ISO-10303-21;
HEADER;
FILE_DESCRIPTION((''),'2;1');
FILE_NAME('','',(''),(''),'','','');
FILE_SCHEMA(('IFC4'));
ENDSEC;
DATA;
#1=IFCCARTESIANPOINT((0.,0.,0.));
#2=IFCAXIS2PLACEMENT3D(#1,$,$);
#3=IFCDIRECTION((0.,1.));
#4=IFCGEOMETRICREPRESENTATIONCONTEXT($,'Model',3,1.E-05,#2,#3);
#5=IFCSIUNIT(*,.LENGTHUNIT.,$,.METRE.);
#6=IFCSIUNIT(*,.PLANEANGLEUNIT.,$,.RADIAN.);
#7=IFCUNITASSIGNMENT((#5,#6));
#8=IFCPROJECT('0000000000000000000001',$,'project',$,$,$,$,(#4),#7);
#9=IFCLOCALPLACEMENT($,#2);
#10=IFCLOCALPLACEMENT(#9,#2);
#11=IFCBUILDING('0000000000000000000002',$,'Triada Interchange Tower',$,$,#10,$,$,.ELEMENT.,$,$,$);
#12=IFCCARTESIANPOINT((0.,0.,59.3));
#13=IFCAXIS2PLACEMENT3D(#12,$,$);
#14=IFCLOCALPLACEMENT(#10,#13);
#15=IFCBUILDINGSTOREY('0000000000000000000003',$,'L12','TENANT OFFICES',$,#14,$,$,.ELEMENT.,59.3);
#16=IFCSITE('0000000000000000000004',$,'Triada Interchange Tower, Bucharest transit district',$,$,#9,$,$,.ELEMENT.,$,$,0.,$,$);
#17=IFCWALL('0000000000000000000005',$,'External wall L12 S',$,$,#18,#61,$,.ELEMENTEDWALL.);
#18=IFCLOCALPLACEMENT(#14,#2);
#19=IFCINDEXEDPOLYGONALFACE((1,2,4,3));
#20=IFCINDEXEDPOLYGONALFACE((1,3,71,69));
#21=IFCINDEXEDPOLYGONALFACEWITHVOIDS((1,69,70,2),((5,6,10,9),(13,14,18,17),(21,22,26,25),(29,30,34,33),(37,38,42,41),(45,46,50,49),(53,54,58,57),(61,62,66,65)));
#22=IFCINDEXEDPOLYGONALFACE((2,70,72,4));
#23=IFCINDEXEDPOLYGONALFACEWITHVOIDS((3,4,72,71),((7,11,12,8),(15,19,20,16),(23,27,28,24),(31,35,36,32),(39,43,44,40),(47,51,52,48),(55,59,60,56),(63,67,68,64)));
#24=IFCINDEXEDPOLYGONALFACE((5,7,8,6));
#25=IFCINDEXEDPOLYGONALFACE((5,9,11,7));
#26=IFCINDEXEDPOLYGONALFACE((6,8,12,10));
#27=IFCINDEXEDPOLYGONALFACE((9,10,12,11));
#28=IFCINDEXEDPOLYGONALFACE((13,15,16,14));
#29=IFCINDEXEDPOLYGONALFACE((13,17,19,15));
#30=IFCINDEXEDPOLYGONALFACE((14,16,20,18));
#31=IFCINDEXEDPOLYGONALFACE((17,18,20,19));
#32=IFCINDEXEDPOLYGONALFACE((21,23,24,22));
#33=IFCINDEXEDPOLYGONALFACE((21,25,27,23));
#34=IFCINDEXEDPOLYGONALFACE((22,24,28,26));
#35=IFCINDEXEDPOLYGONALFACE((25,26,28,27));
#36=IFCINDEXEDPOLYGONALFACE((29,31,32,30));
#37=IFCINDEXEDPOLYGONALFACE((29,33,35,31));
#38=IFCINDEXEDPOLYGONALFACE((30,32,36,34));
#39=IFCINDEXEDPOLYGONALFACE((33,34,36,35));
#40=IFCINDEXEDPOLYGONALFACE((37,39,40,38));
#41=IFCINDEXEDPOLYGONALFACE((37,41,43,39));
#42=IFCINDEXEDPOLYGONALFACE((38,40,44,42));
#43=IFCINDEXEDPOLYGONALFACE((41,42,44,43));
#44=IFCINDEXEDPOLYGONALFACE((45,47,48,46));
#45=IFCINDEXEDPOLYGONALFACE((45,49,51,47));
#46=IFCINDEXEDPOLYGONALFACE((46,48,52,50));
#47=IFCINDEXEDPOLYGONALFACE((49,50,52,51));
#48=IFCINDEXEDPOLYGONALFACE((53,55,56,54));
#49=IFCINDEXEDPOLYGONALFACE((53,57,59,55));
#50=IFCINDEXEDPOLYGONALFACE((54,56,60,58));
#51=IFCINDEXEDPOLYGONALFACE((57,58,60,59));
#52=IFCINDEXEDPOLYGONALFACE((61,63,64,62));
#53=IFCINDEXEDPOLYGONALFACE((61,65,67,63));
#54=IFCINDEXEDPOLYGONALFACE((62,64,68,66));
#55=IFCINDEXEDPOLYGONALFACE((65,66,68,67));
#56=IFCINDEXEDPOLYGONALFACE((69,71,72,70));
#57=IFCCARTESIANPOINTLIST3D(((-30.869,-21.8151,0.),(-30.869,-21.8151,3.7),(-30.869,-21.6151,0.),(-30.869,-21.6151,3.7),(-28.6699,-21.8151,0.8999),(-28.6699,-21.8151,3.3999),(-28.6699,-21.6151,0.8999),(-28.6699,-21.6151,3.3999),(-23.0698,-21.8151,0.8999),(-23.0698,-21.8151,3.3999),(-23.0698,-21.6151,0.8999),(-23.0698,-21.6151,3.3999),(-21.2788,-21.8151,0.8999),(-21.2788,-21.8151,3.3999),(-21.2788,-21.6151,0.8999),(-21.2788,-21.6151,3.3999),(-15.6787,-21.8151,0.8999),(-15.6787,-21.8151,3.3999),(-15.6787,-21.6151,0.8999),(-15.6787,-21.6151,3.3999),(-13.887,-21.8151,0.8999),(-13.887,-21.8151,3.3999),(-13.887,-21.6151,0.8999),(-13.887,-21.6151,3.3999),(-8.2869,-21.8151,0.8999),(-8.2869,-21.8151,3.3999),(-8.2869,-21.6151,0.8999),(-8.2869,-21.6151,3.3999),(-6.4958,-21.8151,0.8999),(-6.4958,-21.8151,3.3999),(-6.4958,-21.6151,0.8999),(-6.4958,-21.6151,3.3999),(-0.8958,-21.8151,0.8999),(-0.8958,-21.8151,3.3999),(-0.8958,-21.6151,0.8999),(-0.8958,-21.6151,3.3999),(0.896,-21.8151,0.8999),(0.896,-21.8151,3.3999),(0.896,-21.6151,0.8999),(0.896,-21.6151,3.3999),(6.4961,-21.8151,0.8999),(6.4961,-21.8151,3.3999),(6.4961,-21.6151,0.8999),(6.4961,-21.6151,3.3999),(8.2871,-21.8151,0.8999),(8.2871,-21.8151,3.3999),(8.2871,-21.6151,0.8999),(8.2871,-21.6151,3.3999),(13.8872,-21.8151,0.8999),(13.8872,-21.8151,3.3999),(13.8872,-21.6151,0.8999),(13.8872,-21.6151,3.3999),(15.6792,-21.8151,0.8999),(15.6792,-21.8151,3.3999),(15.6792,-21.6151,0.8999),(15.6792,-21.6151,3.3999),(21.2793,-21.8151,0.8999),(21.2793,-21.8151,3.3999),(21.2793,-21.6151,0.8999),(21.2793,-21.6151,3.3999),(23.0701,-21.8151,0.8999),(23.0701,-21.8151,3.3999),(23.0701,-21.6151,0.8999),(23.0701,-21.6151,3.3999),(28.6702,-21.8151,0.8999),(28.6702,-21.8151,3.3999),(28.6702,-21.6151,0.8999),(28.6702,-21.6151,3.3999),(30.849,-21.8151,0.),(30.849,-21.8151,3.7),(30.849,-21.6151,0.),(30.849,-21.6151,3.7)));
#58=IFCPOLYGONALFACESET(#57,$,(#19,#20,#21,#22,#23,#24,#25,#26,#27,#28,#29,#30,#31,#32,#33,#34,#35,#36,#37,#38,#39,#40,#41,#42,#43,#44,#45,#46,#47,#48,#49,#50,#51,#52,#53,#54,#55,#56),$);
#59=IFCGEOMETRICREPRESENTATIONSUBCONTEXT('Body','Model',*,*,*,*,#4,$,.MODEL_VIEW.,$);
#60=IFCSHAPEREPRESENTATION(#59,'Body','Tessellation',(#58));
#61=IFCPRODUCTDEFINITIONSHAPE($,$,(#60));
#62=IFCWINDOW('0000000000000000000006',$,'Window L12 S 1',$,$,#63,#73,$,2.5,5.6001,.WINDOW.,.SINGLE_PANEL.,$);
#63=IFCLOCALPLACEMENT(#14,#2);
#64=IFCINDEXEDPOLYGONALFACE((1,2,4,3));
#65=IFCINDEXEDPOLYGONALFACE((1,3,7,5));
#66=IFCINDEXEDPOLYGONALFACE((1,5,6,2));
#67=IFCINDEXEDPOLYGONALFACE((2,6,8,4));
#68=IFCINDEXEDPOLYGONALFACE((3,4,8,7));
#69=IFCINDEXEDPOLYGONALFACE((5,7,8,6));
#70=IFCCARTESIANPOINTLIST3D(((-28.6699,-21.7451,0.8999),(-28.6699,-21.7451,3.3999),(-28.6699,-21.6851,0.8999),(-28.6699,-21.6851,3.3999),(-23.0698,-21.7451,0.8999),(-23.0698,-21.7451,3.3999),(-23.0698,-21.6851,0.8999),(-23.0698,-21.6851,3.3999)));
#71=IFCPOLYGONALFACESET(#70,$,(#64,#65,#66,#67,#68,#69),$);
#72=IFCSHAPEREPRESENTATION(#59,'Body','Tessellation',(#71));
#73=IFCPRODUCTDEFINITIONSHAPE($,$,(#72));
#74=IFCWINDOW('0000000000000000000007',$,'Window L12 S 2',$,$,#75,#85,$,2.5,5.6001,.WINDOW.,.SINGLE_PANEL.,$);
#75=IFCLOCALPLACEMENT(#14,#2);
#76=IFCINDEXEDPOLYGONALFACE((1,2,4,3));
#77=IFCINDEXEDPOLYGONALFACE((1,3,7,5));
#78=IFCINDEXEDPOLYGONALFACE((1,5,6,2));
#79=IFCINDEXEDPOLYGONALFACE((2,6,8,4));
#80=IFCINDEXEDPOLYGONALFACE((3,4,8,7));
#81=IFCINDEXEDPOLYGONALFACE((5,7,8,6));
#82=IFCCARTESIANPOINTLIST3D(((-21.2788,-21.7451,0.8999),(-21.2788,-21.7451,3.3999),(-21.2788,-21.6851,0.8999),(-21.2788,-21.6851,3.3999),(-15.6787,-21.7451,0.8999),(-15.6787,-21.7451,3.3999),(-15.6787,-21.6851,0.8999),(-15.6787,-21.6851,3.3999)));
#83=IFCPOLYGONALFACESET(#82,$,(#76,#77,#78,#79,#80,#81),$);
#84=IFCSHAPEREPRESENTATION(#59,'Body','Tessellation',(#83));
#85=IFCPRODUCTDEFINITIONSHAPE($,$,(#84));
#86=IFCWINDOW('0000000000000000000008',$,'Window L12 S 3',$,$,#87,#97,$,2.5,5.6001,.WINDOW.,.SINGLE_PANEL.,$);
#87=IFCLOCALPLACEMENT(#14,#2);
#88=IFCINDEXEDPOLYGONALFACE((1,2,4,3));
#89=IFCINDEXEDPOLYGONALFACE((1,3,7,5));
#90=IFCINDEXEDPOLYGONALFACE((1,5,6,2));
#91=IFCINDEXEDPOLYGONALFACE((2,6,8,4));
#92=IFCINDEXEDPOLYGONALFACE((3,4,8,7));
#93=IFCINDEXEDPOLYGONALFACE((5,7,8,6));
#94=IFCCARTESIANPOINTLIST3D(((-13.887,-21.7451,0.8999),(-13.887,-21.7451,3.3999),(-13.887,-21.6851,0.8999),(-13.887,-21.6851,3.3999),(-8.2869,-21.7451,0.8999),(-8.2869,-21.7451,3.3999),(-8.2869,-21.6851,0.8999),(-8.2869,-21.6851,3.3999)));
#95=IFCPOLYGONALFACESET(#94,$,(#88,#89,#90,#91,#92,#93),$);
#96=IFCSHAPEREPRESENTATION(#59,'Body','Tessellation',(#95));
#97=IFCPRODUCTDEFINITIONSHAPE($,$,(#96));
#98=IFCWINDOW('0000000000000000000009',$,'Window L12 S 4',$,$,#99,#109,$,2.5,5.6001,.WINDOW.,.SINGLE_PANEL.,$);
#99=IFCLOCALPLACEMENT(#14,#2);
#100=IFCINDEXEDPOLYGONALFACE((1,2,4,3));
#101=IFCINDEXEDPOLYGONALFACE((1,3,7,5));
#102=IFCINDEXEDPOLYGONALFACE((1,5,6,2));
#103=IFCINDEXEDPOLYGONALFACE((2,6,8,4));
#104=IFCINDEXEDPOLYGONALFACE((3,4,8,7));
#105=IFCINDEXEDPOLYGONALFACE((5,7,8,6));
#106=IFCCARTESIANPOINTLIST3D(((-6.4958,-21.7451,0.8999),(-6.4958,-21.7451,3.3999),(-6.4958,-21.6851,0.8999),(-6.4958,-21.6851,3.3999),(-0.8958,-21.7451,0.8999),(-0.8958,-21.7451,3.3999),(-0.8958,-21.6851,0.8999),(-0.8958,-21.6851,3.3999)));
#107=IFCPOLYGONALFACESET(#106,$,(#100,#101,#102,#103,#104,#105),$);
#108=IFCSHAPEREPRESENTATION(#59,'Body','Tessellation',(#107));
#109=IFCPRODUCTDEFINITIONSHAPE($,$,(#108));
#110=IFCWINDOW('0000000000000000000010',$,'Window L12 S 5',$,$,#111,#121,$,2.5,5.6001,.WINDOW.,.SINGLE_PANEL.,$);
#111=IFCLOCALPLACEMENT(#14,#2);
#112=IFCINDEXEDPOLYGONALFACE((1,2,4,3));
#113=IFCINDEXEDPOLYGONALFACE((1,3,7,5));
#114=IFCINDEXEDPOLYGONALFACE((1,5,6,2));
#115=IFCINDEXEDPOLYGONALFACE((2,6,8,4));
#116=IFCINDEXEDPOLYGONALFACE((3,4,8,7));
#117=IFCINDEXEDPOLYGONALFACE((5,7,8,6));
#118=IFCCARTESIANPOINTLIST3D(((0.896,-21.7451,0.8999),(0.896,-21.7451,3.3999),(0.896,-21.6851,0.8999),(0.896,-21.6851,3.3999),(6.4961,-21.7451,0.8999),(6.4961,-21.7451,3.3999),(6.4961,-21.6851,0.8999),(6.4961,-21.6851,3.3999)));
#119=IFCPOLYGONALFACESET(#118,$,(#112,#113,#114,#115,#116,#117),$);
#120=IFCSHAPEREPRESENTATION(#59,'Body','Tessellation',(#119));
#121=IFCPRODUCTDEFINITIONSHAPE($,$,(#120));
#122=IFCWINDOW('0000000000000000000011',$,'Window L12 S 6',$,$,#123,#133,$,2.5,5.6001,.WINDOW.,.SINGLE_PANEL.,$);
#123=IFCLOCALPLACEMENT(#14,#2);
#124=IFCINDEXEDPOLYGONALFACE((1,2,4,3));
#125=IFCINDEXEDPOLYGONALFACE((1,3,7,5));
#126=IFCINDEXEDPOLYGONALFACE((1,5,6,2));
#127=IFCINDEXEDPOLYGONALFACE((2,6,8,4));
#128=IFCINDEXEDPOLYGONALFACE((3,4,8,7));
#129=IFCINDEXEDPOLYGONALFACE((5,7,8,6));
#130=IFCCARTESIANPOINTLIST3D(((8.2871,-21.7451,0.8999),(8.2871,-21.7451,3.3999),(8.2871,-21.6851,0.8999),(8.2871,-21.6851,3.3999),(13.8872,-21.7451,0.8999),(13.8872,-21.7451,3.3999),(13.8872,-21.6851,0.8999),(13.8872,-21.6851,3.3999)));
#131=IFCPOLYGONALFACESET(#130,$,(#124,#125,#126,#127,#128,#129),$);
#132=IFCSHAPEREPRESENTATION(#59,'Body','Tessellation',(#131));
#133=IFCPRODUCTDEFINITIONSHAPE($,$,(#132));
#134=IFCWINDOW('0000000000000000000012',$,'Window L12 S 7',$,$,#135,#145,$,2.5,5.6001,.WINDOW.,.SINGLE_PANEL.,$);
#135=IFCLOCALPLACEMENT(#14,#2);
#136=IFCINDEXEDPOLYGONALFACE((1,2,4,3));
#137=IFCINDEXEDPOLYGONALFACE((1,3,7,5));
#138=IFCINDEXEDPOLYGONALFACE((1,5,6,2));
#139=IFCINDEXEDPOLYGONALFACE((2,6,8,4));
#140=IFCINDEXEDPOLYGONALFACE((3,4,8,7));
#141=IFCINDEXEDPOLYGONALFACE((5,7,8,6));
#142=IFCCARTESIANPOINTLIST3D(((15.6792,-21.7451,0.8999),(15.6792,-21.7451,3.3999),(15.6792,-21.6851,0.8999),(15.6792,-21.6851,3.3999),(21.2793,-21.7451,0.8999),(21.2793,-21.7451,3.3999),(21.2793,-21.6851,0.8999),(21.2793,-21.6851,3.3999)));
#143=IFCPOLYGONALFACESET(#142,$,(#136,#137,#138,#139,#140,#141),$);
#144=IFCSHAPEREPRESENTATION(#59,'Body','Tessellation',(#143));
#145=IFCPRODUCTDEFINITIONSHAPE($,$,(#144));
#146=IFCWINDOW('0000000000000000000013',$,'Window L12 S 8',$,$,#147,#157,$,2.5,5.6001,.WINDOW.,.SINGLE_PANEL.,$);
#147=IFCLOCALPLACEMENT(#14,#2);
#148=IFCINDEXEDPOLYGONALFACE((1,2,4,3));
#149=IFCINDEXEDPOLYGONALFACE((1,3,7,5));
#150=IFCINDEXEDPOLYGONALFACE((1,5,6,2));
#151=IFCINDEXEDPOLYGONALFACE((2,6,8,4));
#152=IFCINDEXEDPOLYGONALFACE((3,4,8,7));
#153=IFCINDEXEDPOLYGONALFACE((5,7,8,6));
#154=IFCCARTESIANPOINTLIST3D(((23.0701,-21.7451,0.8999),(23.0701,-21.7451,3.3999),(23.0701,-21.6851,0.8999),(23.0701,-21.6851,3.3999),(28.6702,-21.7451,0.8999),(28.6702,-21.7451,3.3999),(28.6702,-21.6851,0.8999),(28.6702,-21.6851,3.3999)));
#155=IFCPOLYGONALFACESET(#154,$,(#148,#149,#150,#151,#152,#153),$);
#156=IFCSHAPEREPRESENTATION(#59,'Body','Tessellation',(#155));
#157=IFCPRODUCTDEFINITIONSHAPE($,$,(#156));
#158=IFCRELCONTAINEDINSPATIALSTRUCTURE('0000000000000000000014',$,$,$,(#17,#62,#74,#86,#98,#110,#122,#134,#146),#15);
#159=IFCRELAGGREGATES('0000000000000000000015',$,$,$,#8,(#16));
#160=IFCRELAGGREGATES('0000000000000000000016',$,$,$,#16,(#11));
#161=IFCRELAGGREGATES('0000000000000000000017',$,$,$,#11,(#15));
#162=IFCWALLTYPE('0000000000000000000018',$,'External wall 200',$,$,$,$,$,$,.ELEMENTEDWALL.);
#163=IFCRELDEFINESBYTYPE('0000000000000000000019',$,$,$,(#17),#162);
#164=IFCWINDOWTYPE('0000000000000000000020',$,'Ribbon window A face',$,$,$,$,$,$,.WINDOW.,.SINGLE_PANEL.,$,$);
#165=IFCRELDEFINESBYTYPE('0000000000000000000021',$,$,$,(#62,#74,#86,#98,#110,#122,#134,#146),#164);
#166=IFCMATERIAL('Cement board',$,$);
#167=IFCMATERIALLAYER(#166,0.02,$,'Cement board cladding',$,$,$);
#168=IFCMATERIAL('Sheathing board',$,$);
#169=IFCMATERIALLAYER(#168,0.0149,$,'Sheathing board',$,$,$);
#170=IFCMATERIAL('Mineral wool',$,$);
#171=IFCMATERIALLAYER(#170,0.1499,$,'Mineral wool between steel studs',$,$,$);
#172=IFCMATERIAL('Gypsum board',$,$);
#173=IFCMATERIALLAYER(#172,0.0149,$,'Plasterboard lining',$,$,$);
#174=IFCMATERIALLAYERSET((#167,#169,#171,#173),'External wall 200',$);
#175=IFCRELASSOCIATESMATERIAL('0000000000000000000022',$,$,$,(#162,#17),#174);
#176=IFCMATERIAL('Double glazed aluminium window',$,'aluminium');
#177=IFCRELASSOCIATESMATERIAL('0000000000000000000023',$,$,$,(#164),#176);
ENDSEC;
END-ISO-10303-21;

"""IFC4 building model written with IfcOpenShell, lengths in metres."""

from ifc_helpers import new_model, si_unit, direction, frame, frame_2d, origin, place, context, subcontext, project, spatial, rectangle, extrude, material, layer, layer_set, layer_usage, type_object, element, fill, save


model = new_model("IFC4")

# Units and contexts
model_context = context("Model", 3, precision=1e-05, world=origin(), true_north=direction((0.0, 1.0)))
body_context = subcontext(model_context, "Body", "Model", "MODEL_VIEW")
ifc_project = project(units=[si_unit("LENGTHUNIT", "METRE"), si_unit("PLANEANGLEUNIT", "RADIAN")], contexts=[model_context])

# Site, building, storey
site_placement = place(None, origin())
site = spatial("IfcSite", under=ifc_project, at=site_placement, Name="Triada Interchange Tower, Bucharest transit district", CompositionType="ELEMENT", RefElevation=0.0)
building_placement = place(site_placement, origin())
building = spatial("IfcBuilding", under=site, at=building_placement, Name="Triada Interchange Tower", CompositionType="ELEMENT")
storey_placement = place(building_placement, frame((0.0, 0.0, 59.3)))
storey = spatial("IfcBuildingStorey", under=building, at=storey_placement, Name="L12", Description="TENANT OFFICES", CompositionType="ELEMENT", Elevation=59.3)

# Shared definitions
ifc_material_1 = material(Name="Cement board")
ifc_layer_1 = layer(ifc_material_1, 0.02, Name="Cement board cladding")
ifc_material_2 = material(Name="Sheathing board")
ifc_layer_2 = layer(ifc_material_2, 0.0149, Name="Sheathing board")
ifc_material_3 = material(Name="Mineral wool")
ifc_layer_3 = layer(ifc_material_3, 0.1499, Name="Mineral wool between steel studs")
ifc_material_4 = material(Name="Gypsum board")
ifc_layer_4 = layer(ifc_material_4, 0.0149, Name="Plasterboard lining")
ifc_layer_set_1 = layer_set([ifc_layer_1, ifc_layer_2, ifc_layer_3, ifc_layer_4], Name="External wall 200")
ifc_layer_usage = layer_usage(ifc_layer_set_1, "AXIS2", "POSITIVE", -0.1001)
wall_type_1 = type_object("IfcWallType", Name="External wall 200", PredefinedType="ELEMENTEDWALL", material=ifc_layer_set_1)
ifc_material_5 = material(Name="Double glazed aluminium window", Category="aluminium")

# Wall, openings, windows
wall_1_placement = place(storey_placement, frame((-30.8689, -21.7151, 0.0), z_axis=(0.0, 0.0, 1.0), x_axis=(1.0, 0.0, 0.0)))
wall_1 = element("IfcWall", 1, at=wall_1_placement, inside=storey, type_object=wall_type_1, material=ifc_layer_usage, Name="External wall L12 S", PredefinedType="ELEMENTEDWALL", context=body_context, shape_type="SweptSolid", body=[
    extrude(rectangle(XDim=61.718, YDim=0.2, at=frame_2d((30.8589, 0.0))), origin(), (0.0, 0.0, 1.0), 3.7),
])
opening_1_placement = place(wall_1_placement, frame((2.199, 0.0, 0.8999)))
opening_1 = element("IfcOpeningElement", 2, at=opening_1_placement, cuts=wall_1, PredefinedType="OPENING", context=body_context, shape_type="SweptSolid", body=[
    extrude(rectangle(XDim=5.6001, YDim=2.5, at=frame_2d((2.8, 1.25))), frame((0.0, 0.1099, 0.0), z_axis=(0.0, -1.0, 0.0), x_axis=(1.0, 0.0, 0.0)), (0.0, 0.0, 1.0), 0.22),
])
opening_2_placement = place(wall_1_placement, frame((9.5901, 0.0, 0.8999)))
opening_2 = element("IfcOpeningElement", 3, at=opening_2_placement, cuts=wall_1, PredefinedType="OPENING", context=body_context, shape_type="SweptSolid", body=[
    extrude(rectangle(XDim=5.6001, YDim=2.5, at=frame_2d((2.8, 1.25))), frame((0.0, 0.1099, 0.0), z_axis=(0.0, -1.0, 0.0), x_axis=(1.0, 0.0, 0.0)), (0.0, 0.0, 1.0), 0.22),
])
opening_3_placement = place(wall_1_placement, frame((16.9819, 0.0, 0.8999)))
opening_3 = element("IfcOpeningElement", 4, at=opening_3_placement, cuts=wall_1, PredefinedType="OPENING", context=body_context, shape_type="SweptSolid", body=[
    extrude(rectangle(XDim=5.6001, YDim=2.5, at=frame_2d((2.8, 1.25))), frame((0.0, 0.1099, 0.0), z_axis=(0.0, -1.0, 0.0), x_axis=(1.0, 0.0, 0.0)), (0.0, 0.0, 1.0), 0.22),
])
opening_4_placement = place(wall_1_placement, frame((24.373, 0.0, 0.8999)))
opening_4 = element("IfcOpeningElement", 5, at=opening_4_placement, cuts=wall_1, PredefinedType="OPENING", context=body_context, shape_type="SweptSolid", body=[
    extrude(rectangle(XDim=5.6001, YDim=2.5, at=frame_2d((2.8, 1.25))), frame((0.0, 0.1099, 0.0), z_axis=(0.0, -1.0, 0.0), x_axis=(1.0, 0.0, 0.0)), (0.0, 0.0, 1.0), 0.22),
])
opening_5_placement = place(wall_1_placement, frame((31.7649, 0.0, 0.8999)))
opening_5 = element("IfcOpeningElement", 6, at=opening_5_placement, cuts=wall_1, PredefinedType="OPENING", context=body_context, shape_type="SweptSolid", body=[
    extrude(rectangle(XDim=5.6001, YDim=2.5, at=frame_2d((2.8, 1.25))), frame((0.0, 0.1099, 0.0), z_axis=(0.0, -1.0, 0.0), x_axis=(1.0, 0.0, 0.0)), (0.0, 0.0, 1.0), 0.22),
])
opening_6_placement = place(wall_1_placement, frame((39.156, 0.0, 0.8999)))
opening_6 = element("IfcOpeningElement", 7, at=opening_6_placement, cuts=wall_1, PredefinedType="OPENING", context=body_context, shape_type="SweptSolid", body=[
    extrude(rectangle(XDim=5.6001, YDim=2.5, at=frame_2d((2.8, 1.25))), frame((0.0, 0.1099, 0.0), z_axis=(0.0, -1.0, 0.0), x_axis=(1.0, 0.0, 0.0)), (0.0, 0.0, 1.0), 0.22),
])
opening_7_placement = place(wall_1_placement, frame((46.5481, 0.0, 0.8999)))
opening_7 = element("IfcOpeningElement", 8, at=opening_7_placement, cuts=wall_1, PredefinedType="OPENING", context=body_context, shape_type="SweptSolid", body=[
    extrude(rectangle(XDim=5.6001, YDim=2.5, at=frame_2d((2.8, 1.25))), frame((0.0, 0.1099, 0.0), z_axis=(0.0, -1.0, 0.0), x_axis=(1.0, 0.0, 0.0)), (0.0, 0.0, 1.0), 0.22),
])
opening_8_placement = place(wall_1_placement, frame((53.939, 0.0, 0.8999)))
opening_8 = element("IfcOpeningElement", 9, at=opening_8_placement, cuts=wall_1, PredefinedType="OPENING", context=body_context, shape_type="SweptSolid", body=[
    extrude(rectangle(XDim=5.6001, YDim=2.5, at=frame_2d((2.8, 1.25))), frame((0.0, 0.1099, 0.0), z_axis=(0.0, -1.0, 0.0), x_axis=(1.0, 0.0, 0.0)), (0.0, 0.0, 1.0), 0.22),
])
window_type_1 = type_object("IfcWindowType", Name="Ribbon window A face", PartitioningType="SINGLE_PANEL", PredefinedType="WINDOW", material=ifc_material_5)
window_1_placement = place(opening_1_placement, origin())
window_1 = element("IfcWindow", 10, at=window_1_placement, inside=storey, type_object=window_type_1, Name="Window L12 S 1", OverallHeight=2.5, OverallWidth=5.6001, PartitioningType="SINGLE_PANEL", PredefinedType="WINDOW", context=body_context, shape_type="SweptSolid", body=[
    extrude(rectangle(XDim=5.6001, YDim=2.5, at=frame_2d((2.8, 1.25))), frame((0.0, 0.03, 0.0), z_axis=(0.0, -1.0, 0.0), x_axis=(1.0, 0.0, 0.0)), (0.0, 0.0, 1.0), 0.0601),
])
fill(opening_1, window_1)
window_2_placement = place(opening_2_placement, origin())
window_2 = element("IfcWindow", 11, at=window_2_placement, inside=storey, type_object=window_type_1, Name="Window L12 S 2", OverallHeight=2.5, OverallWidth=5.6001, PartitioningType="SINGLE_PANEL", PredefinedType="WINDOW", context=body_context, shape_type="SweptSolid", body=[
    extrude(rectangle(XDim=5.6001, YDim=2.5, at=frame_2d((2.8, 1.25))), frame((0.0, 0.03, 0.0), z_axis=(0.0, -1.0, 0.0), x_axis=(1.0, 0.0, 0.0)), (0.0, 0.0, 1.0), 0.0601),
])
fill(opening_2, window_2)
window_3_placement = place(opening_3_placement, origin())
window_3 = element("IfcWindow", 12, at=window_3_placement, inside=storey, type_object=window_type_1, Name="Window L12 S 3", OverallHeight=2.5, OverallWidth=5.6001, PartitioningType="SINGLE_PANEL", PredefinedType="WINDOW", context=body_context, shape_type="SweptSolid", body=[
    extrude(rectangle(XDim=5.6001, YDim=2.5, at=frame_2d((2.8, 1.25))), frame((0.0, 0.03, 0.0), z_axis=(0.0, -1.0, 0.0), x_axis=(1.0, 0.0, 0.0)), (0.0, 0.0, 1.0), 0.0601),
])
fill(opening_3, window_3)
window_4_placement = place(opening_4_placement, origin())
window_4 = element("IfcWindow", 13, at=window_4_placement, inside=storey, type_object=window_type_1, Name="Window L12 S 4", OverallHeight=2.5, OverallWidth=5.6001, PartitioningType="SINGLE_PANEL", PredefinedType="WINDOW", context=body_context, shape_type="SweptSolid", body=[
    extrude(rectangle(XDim=5.6001, YDim=2.5, at=frame_2d((2.8, 1.25))), frame((0.0, 0.03, 0.0), z_axis=(0.0, -1.0, 0.0), x_axis=(1.0, 0.0, 0.0)), (0.0, 0.0, 1.0), 0.0601),
])
fill(opening_4, window_4)
window_5_placement = place(opening_5_placement, origin())
window_5 = element("IfcWindow", 14, at=window_5_placement, inside=storey, type_object=window_type_1, Name="Window L12 S 5", OverallHeight=2.5, OverallWidth=5.6001, PartitioningType="SINGLE_PANEL", PredefinedType="WINDOW", context=body_context, shape_type="SweptSolid", body=[
    extrude(rectangle(XDim=5.6001, YDim=2.5, at=frame_2d((2.8, 1.25))), frame((0.0, 0.03, 0.0), z_axis=(0.0, -1.0, 0.0), x_axis=(1.0, 0.0, 0.0)), (0.0, 0.0, 1.0), 0.0601),
])
fill(opening_5, window_5)
window_6_placement = place(opening_6_placement, origin())
window_6 = element("IfcWindow", 15, at=window_6_placement, inside=storey, type_object=window_type_1, Name="Window L12 S 6", OverallHeight=2.5, OverallWidth=5.6001, PartitioningType="SINGLE_PANEL", PredefinedType="WINDOW", context=body_context, shape_type="SweptSolid", body=[
    extrude(rectangle(XDim=5.6001, YDim=2.5, at=frame_2d((2.8, 1.25))), frame((0.0, 0.03, 0.0), z_axis=(0.0, -1.0, 0.0), x_axis=(1.0, 0.0, 0.0)), (0.0, 0.0, 1.0), 0.0601),
])
fill(opening_6, window_6)
window_7_placement = place(opening_7_placement, origin())
window_7 = element("IfcWindow", 16, at=window_7_placement, inside=storey, type_object=window_type_1, Name="Window L12 S 7", OverallHeight=2.5, OverallWidth=5.6001, PartitioningType="SINGLE_PANEL", PredefinedType="WINDOW", context=body_context, shape_type="SweptSolid", body=[
    extrude(rectangle(XDim=5.6001, YDim=2.5, at=frame_2d((2.8, 1.25))), frame((0.0, 0.03, 0.0), z_axis=(0.0, -1.0, 0.0), x_axis=(1.0, 0.0, 0.0)), (0.0, 0.0, 1.0), 0.0601),
])
fill(opening_7, window_7)
window_8_placement = place(opening_8_placement, origin())
window_8 = element("IfcWindow", 17, at=window_8_placement, inside=storey, type_object=window_type_1, Name="Window L12 S 8", OverallHeight=2.5, OverallWidth=5.6001, PartitioningType="SINGLE_PANEL", PredefinedType="WINDOW", context=body_context, shape_type="SweptSolid", body=[
    extrude(rectangle(XDim=5.6001, YDim=2.5, at=frame_2d((2.8, 1.25))), frame((0.0, 0.03, 0.0), z_axis=(0.0, -1.0, 0.0), x_axis=(1.0, 0.0, 0.0)), (0.0, 0.0, 1.0), 0.0601),
])
fill(opening_8, window_8)

save(model, "model.ifc")
